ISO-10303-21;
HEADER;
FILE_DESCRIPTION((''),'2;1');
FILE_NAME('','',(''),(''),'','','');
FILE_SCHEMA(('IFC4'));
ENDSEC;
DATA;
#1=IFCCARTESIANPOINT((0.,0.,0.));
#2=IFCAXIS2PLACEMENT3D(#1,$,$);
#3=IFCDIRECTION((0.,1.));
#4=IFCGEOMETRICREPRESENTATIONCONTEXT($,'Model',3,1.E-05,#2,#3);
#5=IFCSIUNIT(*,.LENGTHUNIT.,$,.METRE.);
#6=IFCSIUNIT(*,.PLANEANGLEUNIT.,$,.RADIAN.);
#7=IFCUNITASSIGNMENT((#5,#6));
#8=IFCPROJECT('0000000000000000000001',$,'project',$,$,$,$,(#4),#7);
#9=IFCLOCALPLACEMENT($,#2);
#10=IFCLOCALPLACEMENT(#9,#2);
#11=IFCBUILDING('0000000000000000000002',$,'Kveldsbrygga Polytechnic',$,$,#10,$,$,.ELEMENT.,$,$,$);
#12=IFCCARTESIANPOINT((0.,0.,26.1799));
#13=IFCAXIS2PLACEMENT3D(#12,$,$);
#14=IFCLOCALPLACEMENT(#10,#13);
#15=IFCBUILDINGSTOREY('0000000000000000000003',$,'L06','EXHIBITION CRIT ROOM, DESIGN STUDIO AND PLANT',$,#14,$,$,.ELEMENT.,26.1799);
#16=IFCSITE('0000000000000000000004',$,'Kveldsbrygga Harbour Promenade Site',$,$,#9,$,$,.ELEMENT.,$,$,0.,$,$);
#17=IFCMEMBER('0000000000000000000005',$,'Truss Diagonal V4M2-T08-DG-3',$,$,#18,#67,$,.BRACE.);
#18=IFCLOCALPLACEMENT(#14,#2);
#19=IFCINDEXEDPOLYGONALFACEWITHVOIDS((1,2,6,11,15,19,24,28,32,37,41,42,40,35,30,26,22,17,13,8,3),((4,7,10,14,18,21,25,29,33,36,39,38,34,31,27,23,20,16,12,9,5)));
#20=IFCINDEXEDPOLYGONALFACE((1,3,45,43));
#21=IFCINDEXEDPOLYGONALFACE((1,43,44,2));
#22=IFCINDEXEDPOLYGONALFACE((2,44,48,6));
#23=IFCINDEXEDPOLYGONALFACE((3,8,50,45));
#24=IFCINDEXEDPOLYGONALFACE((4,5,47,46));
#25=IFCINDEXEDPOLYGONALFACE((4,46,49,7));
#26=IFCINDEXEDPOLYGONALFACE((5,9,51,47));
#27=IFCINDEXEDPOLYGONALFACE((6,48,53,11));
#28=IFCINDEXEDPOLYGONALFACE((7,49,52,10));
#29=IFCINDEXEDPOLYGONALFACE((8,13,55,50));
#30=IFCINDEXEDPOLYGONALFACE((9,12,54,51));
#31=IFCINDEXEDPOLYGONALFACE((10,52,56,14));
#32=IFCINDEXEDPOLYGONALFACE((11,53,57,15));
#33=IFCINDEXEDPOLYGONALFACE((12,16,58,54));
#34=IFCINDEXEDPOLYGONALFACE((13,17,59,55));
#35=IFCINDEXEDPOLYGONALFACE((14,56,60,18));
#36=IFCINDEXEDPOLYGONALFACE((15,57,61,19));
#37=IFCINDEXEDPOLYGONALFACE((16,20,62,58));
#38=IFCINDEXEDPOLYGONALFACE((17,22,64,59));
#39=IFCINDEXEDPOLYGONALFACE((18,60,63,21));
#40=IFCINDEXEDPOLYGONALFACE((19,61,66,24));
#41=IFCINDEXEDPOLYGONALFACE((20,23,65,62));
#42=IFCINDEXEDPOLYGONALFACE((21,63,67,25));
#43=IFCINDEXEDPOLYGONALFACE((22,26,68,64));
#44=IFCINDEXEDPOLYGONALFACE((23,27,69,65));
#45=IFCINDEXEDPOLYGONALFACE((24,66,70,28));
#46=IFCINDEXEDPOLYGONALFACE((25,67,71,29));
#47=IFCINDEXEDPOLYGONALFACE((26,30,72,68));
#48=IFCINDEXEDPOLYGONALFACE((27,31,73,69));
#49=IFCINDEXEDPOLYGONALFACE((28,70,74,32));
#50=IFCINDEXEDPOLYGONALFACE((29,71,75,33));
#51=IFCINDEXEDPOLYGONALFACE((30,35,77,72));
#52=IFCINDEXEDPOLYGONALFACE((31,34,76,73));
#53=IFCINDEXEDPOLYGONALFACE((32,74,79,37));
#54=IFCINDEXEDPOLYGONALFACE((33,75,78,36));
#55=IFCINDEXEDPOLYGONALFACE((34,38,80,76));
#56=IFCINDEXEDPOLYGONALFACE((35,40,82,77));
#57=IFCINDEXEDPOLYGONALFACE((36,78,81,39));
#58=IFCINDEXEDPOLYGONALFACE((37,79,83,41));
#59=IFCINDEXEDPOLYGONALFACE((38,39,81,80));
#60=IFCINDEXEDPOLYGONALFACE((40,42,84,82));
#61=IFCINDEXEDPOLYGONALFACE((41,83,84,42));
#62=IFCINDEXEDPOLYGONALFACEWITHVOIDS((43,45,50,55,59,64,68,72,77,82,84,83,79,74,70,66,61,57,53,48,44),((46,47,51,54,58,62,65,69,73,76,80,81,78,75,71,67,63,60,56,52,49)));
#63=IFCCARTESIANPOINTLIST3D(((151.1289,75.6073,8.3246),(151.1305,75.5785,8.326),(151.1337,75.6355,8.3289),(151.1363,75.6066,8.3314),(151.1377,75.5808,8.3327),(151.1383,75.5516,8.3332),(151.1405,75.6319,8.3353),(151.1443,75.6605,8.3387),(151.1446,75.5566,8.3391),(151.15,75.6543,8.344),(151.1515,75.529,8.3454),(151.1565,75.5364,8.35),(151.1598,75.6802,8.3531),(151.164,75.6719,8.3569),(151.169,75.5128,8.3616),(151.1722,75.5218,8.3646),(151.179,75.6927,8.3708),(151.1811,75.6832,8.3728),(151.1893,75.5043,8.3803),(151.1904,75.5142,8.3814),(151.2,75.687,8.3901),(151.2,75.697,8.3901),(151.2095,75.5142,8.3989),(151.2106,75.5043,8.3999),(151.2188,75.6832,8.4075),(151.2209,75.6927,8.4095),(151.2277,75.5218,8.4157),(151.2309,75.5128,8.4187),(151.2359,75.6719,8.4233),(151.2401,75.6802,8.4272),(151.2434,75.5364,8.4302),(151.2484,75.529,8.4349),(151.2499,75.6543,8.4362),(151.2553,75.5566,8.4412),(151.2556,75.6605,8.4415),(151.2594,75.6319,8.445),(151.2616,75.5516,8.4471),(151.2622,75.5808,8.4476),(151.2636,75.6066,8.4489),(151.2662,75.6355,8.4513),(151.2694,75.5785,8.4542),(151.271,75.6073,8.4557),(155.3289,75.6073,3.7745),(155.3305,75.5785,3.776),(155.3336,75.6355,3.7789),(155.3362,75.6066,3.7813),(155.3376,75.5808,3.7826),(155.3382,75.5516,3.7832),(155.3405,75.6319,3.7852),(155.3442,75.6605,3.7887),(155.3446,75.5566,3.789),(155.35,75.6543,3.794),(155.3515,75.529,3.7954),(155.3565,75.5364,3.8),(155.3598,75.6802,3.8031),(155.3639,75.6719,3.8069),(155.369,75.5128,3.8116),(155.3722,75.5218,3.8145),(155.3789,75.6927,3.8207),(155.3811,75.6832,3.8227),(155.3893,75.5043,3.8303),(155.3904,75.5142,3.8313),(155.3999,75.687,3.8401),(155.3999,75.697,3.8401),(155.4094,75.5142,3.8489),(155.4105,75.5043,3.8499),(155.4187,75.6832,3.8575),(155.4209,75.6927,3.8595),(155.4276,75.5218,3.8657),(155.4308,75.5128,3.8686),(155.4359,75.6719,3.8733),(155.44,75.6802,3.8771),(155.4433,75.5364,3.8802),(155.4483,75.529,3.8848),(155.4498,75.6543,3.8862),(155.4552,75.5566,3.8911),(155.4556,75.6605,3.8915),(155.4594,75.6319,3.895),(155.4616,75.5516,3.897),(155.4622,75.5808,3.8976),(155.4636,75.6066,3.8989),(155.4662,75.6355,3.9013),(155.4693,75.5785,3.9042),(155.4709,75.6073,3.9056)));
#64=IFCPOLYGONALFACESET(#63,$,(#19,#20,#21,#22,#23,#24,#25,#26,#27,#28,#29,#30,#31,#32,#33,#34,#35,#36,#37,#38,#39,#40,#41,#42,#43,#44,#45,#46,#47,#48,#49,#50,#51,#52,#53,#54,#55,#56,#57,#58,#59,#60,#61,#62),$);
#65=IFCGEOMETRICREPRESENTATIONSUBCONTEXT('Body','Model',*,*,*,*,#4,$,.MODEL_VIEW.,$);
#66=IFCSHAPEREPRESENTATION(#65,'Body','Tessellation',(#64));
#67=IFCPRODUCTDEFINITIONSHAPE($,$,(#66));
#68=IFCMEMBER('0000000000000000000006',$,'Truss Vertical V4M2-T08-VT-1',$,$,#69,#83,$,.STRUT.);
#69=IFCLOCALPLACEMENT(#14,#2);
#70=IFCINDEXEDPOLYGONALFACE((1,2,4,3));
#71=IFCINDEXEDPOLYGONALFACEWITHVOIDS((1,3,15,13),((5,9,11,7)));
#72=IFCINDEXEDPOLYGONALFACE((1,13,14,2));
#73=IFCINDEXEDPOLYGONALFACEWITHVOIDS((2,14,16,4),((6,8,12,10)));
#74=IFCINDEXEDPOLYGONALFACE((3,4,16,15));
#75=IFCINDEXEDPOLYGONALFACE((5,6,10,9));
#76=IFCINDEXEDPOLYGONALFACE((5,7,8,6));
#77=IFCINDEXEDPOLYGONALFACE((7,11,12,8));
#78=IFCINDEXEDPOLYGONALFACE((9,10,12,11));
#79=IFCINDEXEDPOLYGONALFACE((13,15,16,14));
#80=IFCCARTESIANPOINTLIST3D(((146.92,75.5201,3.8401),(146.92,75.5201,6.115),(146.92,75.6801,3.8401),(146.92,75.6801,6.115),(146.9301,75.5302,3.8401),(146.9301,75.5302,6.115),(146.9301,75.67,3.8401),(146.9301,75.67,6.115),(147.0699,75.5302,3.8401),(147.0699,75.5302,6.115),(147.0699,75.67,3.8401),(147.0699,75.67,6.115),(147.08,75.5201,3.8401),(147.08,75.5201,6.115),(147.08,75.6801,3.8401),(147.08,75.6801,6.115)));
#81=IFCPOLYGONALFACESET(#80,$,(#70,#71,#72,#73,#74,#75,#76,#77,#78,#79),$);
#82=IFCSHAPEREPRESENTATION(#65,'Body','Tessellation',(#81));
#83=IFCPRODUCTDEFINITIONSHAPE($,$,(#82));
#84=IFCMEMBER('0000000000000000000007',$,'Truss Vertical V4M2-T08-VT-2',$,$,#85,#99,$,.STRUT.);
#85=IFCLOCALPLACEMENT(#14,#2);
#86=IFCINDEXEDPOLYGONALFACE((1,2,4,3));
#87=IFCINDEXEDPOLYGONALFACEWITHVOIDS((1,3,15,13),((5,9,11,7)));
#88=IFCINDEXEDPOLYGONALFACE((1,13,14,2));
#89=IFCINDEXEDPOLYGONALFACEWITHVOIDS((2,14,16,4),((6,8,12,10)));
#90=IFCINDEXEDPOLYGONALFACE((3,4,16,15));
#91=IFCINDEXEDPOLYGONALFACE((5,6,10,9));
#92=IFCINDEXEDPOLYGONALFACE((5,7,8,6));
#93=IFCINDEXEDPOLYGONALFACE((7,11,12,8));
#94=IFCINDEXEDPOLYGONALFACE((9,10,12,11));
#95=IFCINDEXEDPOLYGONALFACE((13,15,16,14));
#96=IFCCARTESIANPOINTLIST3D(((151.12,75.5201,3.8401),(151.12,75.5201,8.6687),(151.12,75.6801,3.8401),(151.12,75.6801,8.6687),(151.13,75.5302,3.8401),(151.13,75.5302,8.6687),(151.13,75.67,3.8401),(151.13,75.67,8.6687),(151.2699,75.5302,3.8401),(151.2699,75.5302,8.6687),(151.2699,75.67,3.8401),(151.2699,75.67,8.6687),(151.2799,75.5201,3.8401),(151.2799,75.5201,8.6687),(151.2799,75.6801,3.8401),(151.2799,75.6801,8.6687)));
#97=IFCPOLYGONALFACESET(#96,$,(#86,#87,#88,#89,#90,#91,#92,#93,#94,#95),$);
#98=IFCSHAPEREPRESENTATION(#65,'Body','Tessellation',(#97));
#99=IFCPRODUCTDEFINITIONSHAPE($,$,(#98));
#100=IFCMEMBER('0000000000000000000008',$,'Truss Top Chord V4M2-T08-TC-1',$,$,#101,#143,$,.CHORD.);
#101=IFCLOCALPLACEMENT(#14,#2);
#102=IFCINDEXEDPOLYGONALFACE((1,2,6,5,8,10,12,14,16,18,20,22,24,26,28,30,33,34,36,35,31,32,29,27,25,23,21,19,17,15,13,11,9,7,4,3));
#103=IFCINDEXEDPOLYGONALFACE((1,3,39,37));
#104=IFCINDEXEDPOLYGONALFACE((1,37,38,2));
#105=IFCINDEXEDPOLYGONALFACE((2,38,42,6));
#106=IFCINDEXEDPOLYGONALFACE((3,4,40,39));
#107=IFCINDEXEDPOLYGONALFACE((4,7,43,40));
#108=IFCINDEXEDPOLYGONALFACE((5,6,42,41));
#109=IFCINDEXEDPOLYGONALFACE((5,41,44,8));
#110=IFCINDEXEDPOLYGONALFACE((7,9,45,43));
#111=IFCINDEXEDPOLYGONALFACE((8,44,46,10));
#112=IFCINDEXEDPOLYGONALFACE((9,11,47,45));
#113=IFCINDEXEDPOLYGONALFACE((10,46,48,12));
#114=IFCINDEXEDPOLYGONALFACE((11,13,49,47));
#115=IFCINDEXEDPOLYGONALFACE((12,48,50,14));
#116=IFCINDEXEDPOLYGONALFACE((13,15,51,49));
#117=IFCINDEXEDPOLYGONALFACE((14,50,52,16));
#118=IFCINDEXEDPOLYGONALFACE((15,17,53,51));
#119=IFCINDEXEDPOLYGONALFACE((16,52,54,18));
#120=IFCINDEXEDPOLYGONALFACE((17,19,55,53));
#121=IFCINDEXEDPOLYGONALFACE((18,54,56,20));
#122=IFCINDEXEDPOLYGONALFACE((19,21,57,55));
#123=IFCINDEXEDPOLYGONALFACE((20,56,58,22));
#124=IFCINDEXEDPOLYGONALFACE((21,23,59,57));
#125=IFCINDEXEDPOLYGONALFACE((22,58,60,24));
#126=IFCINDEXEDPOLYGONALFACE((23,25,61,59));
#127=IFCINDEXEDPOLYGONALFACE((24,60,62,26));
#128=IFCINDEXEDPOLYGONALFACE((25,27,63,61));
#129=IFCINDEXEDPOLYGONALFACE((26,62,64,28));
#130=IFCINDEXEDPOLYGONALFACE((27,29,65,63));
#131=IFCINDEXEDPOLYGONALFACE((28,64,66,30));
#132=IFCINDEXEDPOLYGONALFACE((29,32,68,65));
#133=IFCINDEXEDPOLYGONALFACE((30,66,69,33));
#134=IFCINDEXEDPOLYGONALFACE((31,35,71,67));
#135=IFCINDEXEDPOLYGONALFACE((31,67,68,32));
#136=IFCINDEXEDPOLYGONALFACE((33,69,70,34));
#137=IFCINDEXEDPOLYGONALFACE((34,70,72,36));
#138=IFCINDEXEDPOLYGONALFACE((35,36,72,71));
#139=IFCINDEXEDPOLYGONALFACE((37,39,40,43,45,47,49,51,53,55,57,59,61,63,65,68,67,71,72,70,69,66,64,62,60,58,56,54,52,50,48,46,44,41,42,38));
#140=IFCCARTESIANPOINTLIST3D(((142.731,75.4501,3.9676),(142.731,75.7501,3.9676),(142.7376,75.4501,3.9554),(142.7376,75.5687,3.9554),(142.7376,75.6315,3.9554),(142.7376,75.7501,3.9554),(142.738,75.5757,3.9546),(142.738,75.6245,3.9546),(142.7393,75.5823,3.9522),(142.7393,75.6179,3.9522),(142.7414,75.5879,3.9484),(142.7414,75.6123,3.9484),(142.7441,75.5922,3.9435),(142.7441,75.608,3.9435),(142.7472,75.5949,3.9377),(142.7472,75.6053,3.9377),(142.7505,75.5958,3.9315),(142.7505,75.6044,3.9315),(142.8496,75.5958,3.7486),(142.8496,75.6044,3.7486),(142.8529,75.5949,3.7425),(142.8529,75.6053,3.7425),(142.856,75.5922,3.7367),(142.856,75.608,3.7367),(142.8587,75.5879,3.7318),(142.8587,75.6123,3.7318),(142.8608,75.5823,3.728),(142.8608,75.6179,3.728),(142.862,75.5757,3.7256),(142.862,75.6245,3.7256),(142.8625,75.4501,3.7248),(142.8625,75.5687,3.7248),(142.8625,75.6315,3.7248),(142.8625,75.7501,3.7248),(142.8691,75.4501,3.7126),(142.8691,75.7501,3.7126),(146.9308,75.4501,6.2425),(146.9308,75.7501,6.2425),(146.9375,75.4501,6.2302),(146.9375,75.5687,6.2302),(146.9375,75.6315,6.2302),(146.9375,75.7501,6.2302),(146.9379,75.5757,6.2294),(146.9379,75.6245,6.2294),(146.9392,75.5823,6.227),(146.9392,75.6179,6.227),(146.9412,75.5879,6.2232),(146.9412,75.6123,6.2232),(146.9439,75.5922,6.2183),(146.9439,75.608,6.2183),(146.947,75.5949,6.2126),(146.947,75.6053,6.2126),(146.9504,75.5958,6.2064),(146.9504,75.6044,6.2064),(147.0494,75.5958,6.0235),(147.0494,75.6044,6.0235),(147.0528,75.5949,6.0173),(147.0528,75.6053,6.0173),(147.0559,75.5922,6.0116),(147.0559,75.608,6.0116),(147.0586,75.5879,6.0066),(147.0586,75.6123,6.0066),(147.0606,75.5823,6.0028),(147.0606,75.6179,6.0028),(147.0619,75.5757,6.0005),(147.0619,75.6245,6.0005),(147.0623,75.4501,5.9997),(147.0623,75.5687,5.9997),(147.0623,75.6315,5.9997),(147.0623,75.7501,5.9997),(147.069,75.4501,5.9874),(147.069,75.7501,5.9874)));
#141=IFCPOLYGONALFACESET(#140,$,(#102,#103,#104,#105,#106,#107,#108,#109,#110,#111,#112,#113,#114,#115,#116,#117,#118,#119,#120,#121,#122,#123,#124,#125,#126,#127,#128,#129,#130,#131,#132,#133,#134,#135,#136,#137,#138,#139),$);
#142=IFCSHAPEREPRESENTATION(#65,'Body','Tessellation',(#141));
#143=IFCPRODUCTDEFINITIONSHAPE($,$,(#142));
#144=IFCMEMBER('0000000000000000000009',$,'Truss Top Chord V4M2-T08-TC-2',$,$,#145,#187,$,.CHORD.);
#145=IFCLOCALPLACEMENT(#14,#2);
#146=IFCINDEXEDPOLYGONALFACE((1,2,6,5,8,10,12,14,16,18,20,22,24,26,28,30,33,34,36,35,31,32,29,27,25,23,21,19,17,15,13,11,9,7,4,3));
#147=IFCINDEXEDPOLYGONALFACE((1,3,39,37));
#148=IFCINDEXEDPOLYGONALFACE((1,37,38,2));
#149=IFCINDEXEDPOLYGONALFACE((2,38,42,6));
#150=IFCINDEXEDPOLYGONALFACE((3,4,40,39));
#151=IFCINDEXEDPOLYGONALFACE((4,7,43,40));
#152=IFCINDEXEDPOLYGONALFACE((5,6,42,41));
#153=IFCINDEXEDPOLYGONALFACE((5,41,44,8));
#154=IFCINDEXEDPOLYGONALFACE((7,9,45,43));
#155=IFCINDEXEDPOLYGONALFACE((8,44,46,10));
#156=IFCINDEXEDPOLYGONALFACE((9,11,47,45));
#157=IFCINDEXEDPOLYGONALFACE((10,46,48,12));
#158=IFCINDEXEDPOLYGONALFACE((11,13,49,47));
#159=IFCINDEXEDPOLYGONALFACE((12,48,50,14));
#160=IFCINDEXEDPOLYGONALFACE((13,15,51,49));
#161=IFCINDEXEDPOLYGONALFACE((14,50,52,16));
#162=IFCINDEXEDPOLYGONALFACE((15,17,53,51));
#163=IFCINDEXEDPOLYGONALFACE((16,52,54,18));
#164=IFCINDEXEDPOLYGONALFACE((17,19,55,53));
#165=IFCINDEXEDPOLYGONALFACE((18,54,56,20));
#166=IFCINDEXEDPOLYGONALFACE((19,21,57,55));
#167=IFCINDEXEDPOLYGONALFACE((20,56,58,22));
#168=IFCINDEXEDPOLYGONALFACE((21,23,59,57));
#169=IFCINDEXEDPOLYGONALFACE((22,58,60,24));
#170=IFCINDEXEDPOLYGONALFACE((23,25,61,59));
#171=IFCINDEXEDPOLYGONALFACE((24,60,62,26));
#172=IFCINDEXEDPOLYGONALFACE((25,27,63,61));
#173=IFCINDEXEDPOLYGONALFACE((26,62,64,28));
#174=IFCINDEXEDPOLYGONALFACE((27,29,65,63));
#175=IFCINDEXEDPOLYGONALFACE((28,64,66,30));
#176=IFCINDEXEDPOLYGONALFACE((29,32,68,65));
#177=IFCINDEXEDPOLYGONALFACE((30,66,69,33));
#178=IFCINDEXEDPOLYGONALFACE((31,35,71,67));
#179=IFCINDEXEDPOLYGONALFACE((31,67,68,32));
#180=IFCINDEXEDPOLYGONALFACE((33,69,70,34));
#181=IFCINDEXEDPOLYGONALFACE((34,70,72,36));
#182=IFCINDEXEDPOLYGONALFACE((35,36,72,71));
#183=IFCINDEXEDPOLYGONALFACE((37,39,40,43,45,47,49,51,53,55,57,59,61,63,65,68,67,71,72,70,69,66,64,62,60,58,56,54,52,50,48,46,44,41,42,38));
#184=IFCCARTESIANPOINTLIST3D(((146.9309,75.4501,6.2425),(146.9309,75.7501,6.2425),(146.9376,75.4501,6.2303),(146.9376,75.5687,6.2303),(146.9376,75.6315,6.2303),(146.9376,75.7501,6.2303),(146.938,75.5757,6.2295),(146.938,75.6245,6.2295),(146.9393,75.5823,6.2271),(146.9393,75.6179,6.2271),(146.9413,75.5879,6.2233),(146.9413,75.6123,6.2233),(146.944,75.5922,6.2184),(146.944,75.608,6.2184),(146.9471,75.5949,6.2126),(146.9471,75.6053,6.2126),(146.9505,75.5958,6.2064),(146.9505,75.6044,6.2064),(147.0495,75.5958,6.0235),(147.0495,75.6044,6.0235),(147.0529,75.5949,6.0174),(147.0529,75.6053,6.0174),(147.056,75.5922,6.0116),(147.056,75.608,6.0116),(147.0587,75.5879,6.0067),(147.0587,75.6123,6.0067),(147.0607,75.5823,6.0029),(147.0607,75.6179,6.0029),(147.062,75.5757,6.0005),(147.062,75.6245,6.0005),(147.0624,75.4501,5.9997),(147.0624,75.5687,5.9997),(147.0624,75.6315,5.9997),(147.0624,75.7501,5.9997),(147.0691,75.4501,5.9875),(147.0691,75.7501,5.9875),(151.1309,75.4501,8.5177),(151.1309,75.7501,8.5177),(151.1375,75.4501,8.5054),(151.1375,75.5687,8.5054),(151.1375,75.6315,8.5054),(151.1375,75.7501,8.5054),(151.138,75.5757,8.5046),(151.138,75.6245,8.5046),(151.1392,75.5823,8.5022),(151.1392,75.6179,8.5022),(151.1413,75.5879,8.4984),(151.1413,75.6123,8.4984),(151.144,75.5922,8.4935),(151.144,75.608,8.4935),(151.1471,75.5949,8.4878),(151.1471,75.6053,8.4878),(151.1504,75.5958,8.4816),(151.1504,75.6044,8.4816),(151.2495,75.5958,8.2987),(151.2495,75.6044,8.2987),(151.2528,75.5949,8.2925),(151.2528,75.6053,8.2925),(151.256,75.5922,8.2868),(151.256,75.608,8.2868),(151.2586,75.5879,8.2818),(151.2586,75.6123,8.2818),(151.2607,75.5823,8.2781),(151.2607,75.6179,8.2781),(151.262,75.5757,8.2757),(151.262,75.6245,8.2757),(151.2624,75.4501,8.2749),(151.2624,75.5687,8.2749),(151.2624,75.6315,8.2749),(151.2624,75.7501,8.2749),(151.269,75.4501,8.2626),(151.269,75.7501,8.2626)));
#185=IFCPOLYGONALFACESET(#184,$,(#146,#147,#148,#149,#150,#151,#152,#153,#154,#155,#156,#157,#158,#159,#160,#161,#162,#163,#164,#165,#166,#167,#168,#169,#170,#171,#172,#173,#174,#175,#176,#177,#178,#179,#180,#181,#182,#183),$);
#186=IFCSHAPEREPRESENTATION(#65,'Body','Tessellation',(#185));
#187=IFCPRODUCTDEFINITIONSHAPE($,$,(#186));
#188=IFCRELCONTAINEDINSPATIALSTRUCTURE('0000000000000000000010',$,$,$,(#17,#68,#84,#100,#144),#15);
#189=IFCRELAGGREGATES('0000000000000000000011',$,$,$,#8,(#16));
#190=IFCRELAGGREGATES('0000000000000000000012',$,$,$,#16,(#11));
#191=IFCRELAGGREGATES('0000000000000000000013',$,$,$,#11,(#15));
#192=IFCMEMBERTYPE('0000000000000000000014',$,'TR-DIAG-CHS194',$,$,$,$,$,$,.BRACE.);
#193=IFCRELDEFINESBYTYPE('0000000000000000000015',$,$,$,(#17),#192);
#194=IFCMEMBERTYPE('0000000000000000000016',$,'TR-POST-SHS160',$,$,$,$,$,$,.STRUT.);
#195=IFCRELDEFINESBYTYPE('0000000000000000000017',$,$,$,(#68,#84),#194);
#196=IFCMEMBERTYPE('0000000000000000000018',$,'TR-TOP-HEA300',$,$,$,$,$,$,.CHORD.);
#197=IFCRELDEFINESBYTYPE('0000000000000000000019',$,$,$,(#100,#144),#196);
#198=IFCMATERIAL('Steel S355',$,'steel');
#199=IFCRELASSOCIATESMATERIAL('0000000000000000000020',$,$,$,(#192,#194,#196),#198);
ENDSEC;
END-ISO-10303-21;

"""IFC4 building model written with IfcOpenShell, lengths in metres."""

from ifc_helpers import new_model, si_unit, direction, frame, origin, origin_2d, place, context, subcontext, project, spatial, hollow_rectangle, hollow_circle, i_section, extrude, material, material_profile, profile_set, type_object, element, save


model = new_model("IFC4")

# Units and contexts
model_context = context("Model", 3, precision=1e-05, world=origin(), true_north=direction((0.0, 1.0)))
body_context = subcontext(model_context, "Body", "Model", "MODEL_VIEW")
ifc_project = project(units=[si_unit("LENGTHUNIT", "METRE"), si_unit("PLANEANGLEUNIT", "RADIAN")], contexts=[model_context])

# Site, building, storey
site_placement = place(None, origin())
site = spatial("IfcSite", under=ifc_project, at=site_placement, Name="Kveldsbrygga Harbour Promenade Site", CompositionType="ELEMENT", RefElevation=0.0)
building_placement = place(site_placement, origin())
building = spatial("IfcBuilding", under=site, at=building_placement, Name="Kveldsbrygga Polytechnic", CompositionType="ELEMENT")
storey_placement = place(building_placement, frame((0.0, 0.0, 26.1799)))
storey = spatial("IfcBuildingStorey", under=building, at=storey_placement, Name="L06", Description="EXHIBITION CRIT ROOM, DESIGN STUDIO AND PLANT", CompositionType="ELEMENT", Elevation=26.1799)

# Shared definitions
ifc_material_1 = material(Name="Steel S355", Category="steel")

# Members
ifc_material_profile_1 = material_profile(ifc_material_1, hollow_circle(Radius=0.0969, WallThickness=0.01, at=origin_2d()), Name="CHS 193.7x10.0")
ifc_profile_set_1 = profile_set([ifc_material_profile_1], Name="Steel S355")
member_type_1 = type_object("IfcMemberType", Name="TR-DIAG-CHS194", PredefinedType="BRACE", material=ifc_profile_set_1)
for number, where, z_axis, x_axis, name in (
    (1, (151.2, 75.6001, 8.3901), (0.678272, 0.0, -0.734811), (0.0, 1.0, 0.0), "Truss Diagonal V4M2-T08-DG-3"),
):
    element("IfcMember", number, at=place(storey_placement, frame(where, z_axis=z_axis, x_axis=x_axis)), inside=storey, type_object=member_type_1, Name=name, PredefinedType="BRACE", context=body_context, shape_type="SweptSolid", body=[
        extrude(hollow_circle(Radius=0.0969, WallThickness=0.01, at=origin_2d()), origin(), (0.0, 0.0, 1.0), 6.1921),
    ])
ifc_material_profile_2 = material_profile(ifc_material_1, hollow_rectangle(XDim=0.1599, YDim=0.1599, WallThickness=0.01, at=origin_2d()), Name="SHS 160x160x10.0")
ifc_profile_set_2 = profile_set([ifc_material_profile_2], Name="Steel S355")
member_type_2 = type_object("IfcMemberType", Name="TR-POST-SHS160", PredefinedType="STRUT", material=ifc_profile_set_2)
member_1_placement = place(storey_placement, frame((147.0, 75.6001, 3.8401), z_axis=(0.0, 0.0, 1.0), x_axis=(1.0, 0.0, 0.0)))
element("IfcMember", 2, at=member_1_placement, inside=storey, type_object=member_type_2, Name="Truss Vertical V4M2-T08-VT-1", PredefinedType="STRUT", context=body_context, shape_type="SweptSolid", body=[
    extrude(hollow_rectangle(XDim=0.1599, YDim=0.1599, WallThickness=0.01, at=origin_2d()), origin(), (0.0, 0.0, 1.0), 2.2749),
])
member_2_placement = place(storey_placement, frame((151.2, 75.6001, 3.8401), z_axis=(0.0, 0.0, 1.0), x_axis=(1.0, 0.0, 0.0)))
element("IfcMember", 3, at=member_2_placement, inside=storey, type_object=member_type_2, Name="Truss Vertical V4M2-T08-VT-2", PredefinedType="STRUT", context=body_context, shape_type="SweptSolid", body=[
    extrude(hollow_rectangle(XDim=0.1599, YDim=0.1599, WallThickness=0.01, at=origin_2d()), origin(), (0.0, 0.0, 1.0), 4.8286),
])
ifc_material_profile_3 = material_profile(ifc_material_1, i_section(OverallWidth=0.3, OverallDepth=0.29, WebThickness=0.0085, FlangeThickness=0.0139, FilletRadius=0.0271, at=origin_2d()), Name="HEA 300")
ifc_profile_set_3 = profile_set([ifc_material_profile_3], Name="Steel S355")
member_type_3 = type_object("IfcMemberType", Name="TR-TOP-HEA300", PredefinedType="CHORD", material=ifc_profile_set_3)
member_3_placement = place(storey_placement, frame((142.8, 75.6001, 3.8401), z_axis=(0.879298, 0.0, 0.476272), x_axis=(0.0, 1.0, 0.0)))
element("IfcMember", 4, at=member_3_placement, inside=storey, type_object=member_type_3, Name="Truss Top Chord V4M2-T08-TC-1", PredefinedType="CHORD", context=body_context, shape_type="SweptSolid", body=[
    extrude(i_section(OverallWidth=0.3, OverallDepth=0.29, WebThickness=0.0085, FlangeThickness=0.0139, FilletRadius=0.0271, at=origin_2d()), origin(), (0.0, 0.0, 1.0), 4.7764),
])
for number, where, z_axis, x_axis, name in (
    (5, (147.0, 75.6001, 6.115), (0.879277, 0.0, 0.476311), (0.0, 1.0, 0.0), "Truss Top Chord V4M2-T08-TC-2"),
):
    element("IfcMember", number, at=place(storey_placement, frame(where, z_axis=z_axis, x_axis=x_axis)), inside=storey, type_object=member_type_3, Name=name, PredefinedType="CHORD", context=body_context, shape_type="SweptSolid", body=[
        extrude(i_section(OverallWidth=0.3, OverallDepth=0.29, WebThickness=0.0085, FlangeThickness=0.0139, FilletRadius=0.0271, at=origin_2d()), origin(), (0.0, 0.0, 1.0), 4.7766),
    ])

save(model, "model.ifc")
